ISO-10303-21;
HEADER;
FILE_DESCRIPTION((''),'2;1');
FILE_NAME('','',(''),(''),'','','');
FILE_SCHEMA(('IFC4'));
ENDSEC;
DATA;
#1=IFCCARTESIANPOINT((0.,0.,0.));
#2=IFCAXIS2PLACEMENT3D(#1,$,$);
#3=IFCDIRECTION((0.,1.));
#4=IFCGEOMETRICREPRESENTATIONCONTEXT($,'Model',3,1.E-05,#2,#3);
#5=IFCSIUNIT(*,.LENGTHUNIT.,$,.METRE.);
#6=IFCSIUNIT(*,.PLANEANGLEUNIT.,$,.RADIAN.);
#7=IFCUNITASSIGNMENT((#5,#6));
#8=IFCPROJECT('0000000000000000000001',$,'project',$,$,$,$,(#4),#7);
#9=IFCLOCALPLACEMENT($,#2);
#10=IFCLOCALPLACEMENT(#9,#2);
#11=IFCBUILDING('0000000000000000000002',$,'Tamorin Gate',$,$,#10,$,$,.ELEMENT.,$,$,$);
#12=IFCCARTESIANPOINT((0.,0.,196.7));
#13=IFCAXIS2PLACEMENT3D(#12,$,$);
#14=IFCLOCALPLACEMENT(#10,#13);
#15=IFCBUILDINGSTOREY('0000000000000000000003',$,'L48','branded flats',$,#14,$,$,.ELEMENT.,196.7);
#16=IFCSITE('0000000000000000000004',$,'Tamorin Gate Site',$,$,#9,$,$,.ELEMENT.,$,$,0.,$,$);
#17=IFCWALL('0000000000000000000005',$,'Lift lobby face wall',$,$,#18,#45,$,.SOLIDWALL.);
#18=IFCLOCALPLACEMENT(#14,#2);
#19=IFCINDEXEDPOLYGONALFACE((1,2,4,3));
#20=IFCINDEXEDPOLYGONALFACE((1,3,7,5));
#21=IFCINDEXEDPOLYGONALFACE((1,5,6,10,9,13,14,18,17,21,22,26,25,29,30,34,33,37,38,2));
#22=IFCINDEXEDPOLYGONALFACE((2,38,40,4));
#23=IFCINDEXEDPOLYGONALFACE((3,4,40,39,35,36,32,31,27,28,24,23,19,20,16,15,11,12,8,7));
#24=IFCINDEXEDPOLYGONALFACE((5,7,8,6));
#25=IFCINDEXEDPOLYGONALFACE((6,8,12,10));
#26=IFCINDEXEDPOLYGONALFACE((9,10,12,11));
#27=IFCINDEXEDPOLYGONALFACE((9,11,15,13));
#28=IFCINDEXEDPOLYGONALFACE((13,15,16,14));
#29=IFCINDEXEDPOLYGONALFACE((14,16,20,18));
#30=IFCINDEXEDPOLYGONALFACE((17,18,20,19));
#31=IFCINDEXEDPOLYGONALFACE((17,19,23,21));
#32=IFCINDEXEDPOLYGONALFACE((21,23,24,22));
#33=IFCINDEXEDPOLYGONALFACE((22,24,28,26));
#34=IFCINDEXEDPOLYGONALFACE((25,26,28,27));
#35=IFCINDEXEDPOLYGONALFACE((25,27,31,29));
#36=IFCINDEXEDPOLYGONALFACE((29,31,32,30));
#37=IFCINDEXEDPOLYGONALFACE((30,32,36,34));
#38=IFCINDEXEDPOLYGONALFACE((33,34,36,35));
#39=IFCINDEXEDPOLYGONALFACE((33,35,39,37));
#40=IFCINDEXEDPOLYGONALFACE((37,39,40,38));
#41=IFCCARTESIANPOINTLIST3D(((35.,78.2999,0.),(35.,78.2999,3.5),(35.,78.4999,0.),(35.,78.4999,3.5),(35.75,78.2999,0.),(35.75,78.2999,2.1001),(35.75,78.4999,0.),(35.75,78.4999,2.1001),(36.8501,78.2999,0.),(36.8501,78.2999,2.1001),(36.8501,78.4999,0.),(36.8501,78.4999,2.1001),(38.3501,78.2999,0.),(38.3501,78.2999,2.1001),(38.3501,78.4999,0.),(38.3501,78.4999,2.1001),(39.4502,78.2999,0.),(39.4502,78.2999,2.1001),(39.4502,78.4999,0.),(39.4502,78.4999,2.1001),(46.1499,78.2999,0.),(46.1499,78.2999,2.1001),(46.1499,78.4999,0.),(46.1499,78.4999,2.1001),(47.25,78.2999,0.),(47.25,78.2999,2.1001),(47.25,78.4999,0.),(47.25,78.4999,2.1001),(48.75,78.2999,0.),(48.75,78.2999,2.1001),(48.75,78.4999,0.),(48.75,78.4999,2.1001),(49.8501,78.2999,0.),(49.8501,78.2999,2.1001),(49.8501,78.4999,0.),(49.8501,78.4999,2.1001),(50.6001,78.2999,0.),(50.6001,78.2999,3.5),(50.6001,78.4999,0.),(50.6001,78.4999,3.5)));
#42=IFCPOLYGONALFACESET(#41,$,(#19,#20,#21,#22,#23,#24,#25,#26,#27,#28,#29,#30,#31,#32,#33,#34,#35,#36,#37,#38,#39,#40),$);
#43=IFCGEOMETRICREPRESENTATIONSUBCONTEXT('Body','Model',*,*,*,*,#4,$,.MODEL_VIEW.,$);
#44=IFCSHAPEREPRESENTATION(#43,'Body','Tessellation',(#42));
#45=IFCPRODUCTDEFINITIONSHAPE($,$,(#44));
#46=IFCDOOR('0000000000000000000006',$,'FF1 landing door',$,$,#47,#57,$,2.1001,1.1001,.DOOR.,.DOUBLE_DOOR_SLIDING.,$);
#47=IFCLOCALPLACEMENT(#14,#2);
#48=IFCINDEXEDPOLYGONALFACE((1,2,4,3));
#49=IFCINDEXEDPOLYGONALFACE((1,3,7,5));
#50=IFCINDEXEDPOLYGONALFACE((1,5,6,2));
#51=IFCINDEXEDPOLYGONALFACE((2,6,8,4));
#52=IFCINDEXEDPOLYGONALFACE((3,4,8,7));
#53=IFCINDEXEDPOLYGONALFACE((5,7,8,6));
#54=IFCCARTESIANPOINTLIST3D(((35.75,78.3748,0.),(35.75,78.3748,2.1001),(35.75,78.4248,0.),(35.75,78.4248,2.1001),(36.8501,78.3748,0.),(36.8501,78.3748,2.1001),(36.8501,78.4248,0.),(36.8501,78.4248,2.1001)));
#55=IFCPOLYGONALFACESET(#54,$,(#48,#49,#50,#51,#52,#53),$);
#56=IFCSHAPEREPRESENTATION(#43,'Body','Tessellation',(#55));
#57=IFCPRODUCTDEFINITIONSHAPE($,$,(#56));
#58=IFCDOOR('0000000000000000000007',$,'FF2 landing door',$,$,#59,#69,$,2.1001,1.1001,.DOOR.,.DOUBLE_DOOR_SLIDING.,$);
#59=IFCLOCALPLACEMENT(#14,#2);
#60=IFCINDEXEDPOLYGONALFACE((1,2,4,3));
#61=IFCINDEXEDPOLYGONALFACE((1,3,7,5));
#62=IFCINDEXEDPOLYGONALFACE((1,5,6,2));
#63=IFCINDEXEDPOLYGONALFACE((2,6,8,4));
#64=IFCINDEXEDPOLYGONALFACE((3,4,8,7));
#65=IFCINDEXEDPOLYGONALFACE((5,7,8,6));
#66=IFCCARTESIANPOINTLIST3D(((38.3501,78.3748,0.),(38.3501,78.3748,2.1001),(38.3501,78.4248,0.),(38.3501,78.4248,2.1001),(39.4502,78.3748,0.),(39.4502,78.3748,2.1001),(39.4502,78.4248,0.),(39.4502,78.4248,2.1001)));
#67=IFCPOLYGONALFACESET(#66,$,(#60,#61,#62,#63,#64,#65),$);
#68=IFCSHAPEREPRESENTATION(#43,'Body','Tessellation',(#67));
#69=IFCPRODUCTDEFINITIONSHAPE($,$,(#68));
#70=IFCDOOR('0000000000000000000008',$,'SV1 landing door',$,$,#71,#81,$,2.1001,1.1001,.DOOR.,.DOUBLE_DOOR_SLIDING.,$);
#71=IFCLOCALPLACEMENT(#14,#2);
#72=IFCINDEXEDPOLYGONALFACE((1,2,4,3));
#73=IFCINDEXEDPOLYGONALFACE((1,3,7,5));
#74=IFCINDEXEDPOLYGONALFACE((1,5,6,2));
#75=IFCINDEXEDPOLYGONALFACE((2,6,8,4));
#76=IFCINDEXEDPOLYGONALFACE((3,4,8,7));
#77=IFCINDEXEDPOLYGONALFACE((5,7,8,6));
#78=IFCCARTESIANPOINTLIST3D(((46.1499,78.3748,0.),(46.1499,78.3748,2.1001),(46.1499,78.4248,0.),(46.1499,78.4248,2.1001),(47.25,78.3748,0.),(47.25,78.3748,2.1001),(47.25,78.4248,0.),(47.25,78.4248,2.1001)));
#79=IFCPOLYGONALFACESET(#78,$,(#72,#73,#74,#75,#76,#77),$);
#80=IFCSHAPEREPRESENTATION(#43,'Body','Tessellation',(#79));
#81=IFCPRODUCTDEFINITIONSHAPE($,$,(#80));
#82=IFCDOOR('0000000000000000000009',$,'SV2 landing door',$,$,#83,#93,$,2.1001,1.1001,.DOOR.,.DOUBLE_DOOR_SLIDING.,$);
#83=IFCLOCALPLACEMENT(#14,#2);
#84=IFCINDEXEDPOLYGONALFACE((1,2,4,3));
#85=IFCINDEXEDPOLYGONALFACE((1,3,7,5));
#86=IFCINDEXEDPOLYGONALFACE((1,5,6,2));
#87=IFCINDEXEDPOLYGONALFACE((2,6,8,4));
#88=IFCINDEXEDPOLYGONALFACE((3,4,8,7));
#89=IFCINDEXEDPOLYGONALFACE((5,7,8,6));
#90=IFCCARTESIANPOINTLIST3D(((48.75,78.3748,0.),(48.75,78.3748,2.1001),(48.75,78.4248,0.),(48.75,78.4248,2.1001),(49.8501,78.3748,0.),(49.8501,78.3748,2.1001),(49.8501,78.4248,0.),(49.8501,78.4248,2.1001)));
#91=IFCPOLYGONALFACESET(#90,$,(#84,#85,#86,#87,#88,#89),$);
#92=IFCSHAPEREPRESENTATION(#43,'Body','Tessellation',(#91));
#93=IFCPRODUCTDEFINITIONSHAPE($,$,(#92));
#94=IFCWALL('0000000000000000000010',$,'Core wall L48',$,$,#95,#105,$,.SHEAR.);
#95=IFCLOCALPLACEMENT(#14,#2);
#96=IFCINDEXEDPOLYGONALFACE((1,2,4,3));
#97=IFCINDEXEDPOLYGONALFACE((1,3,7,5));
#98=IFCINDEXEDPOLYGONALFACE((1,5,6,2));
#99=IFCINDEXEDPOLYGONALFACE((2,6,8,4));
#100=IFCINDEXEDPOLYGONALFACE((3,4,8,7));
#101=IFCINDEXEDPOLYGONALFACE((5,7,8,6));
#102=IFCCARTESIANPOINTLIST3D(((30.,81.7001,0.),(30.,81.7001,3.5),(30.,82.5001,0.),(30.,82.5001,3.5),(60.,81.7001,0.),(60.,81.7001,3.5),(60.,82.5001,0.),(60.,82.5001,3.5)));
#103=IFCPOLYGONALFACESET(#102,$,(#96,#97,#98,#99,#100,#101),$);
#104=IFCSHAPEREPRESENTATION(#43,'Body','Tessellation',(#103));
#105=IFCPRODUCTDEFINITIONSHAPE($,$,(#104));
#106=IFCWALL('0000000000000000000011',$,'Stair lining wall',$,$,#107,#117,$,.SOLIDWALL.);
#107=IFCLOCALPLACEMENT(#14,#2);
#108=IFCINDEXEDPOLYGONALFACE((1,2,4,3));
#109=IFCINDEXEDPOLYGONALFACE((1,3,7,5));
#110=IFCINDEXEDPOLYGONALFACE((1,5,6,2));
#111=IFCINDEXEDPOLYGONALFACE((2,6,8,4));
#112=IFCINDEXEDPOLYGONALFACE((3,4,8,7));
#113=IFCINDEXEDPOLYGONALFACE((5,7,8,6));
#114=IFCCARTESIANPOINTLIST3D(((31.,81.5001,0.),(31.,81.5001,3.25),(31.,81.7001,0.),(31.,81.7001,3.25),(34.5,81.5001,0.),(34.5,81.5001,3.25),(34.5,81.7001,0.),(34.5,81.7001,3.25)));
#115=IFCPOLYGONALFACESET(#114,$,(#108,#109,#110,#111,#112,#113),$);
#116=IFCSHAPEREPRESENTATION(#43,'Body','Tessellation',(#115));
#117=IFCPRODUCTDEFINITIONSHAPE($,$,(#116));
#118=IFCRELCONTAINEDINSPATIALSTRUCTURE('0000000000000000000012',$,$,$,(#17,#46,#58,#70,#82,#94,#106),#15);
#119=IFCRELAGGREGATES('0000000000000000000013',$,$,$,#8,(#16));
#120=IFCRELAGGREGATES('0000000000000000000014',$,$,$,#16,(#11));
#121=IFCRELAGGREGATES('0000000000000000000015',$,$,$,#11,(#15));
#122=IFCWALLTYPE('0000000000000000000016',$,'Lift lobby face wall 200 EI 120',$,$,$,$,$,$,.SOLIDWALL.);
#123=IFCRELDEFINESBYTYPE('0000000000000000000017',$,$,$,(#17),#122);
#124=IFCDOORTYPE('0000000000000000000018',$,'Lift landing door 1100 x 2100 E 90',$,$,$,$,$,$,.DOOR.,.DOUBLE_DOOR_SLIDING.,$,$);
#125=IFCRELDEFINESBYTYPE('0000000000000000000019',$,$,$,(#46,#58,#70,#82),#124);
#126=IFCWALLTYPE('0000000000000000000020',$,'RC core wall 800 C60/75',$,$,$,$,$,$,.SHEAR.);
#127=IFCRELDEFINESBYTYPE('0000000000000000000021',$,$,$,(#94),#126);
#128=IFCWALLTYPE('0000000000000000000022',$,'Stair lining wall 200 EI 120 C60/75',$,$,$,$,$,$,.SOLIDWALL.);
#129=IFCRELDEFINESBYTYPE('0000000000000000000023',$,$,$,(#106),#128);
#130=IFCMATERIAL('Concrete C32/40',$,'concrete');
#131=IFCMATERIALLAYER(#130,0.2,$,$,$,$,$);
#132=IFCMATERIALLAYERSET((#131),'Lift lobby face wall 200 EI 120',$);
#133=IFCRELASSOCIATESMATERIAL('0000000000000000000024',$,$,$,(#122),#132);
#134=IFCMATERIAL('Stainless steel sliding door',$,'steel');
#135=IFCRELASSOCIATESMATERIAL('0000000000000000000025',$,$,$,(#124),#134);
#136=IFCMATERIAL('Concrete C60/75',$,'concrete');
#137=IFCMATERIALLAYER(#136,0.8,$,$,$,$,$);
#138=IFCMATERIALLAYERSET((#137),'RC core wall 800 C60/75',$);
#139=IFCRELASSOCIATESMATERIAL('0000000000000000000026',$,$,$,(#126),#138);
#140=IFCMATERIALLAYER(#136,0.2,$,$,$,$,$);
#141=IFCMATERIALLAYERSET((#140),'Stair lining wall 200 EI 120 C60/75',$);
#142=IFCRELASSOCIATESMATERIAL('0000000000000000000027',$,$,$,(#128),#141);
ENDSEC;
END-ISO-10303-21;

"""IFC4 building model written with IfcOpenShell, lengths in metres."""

from ifc_helpers import new_model, si_unit, direction, frame, frame_2d, origin, place, context, subcontext, project, spatial, rectangle, extrude, material, layer, layer_set, type_object, element, fill, save


model = new_model("IFC4")

# Units and contexts
model_context = context("Model", 3, precision=1e-05, world=origin(), true_north=direction((0.0, 1.0)))
body_context = subcontext(model_context, "Body", "Model", "MODEL_VIEW")
ifc_project = project(units=[si_unit("LENGTHUNIT", "METRE"), si_unit("PLANEANGLEUNIT", "RADIAN")], contexts=[model_context])

# Site, building, storey
site_placement = place(None, origin())
site = spatial("IfcSite", under=ifc_project, at=site_placement, Name="Tamorin Gate Site", CompositionType="ELEMENT", RefElevation=0.0)
building_placement = place(site_placement, origin())
building = spatial("IfcBuilding", under=site, at=building_placement, Name="Tamorin Gate", CompositionType="ELEMENT")
storey_placement = place(building_placement, frame((0.0, 0.0, 196.7)))
storey = spatial("IfcBuildingStorey", under=building, at=storey_placement, Name="L48", Description="branded flats", CompositionType="ELEMENT", Elevation=196.7)

# Wall, openings, doors
ifc_material_1 = material(Name="Concrete C32/40", Category="concrete")
ifc_layer_1 = layer(ifc_material_1, 0.2)
ifc_layer_set_1 = layer_set([ifc_layer_1], Name="Lift lobby face wall 200 EI 120")
wall_type_1 = type_object("IfcWallType", Name="Lift lobby face wall 200 EI 120", PredefinedType="SOLIDWALL", material=ifc_layer_set_1)
wall_1_placement = place(storey_placement, frame((35.0, 78.3999, 0.0), z_axis=(0.0, 0.0, 1.0), x_axis=(1.0, 0.0, 0.0)))
wall_1 = element("IfcWall", 1, at=wall_1_placement, inside=storey, type_object=wall_type_1, Name="Lift lobby face wall", PredefinedType="SOLIDWALL", context=body_context, shape_type="SweptSolid", body=[
    extrude(rectangle(XDim=15.6001, YDim=0.2, at=frame_2d((7.8, 0.0))), origin(), (0.0, 0.0, 1.0), 3.5),
])
opening_1_placement = place(wall_1_placement, frame((0.75, 0.0, 0.0)))
opening_1 = element("IfcOpeningElement", 2, at=opening_1_placement, cuts=wall_1, PredefinedType="OPENING", context=body_context, shape_type="SweptSolid", body=[
    extrude(rectangle(XDim=1.1001, YDim=2.1001, at=frame_2d((0.55, 1.05))), frame((0.0, 0.1099, 0.0), z_axis=(0.0, -1.0, 0.0), x_axis=(1.0, 0.0, 0.0)), (0.0, 0.0, 1.0), 0.22),
])
opening_2_placement = place(wall_1_placement, frame((3.3501, 0.0, 0.0)))
opening_2 = element("IfcOpeningElement", 3, at=opening_2_placement, cuts=wall_1, PredefinedType="OPENING", context=body_context, shape_type="SweptSolid", body=[
    extrude(rectangle(XDim=1.1001, YDim=2.1001, at=frame_2d((0.55, 1.05))), frame((0.0, 0.1099, 0.0), z_axis=(0.0, -1.0, 0.0), x_axis=(1.0, 0.0, 0.0)), (0.0, 0.0, 1.0), 0.22),
])
opening_3_placement = place(wall_1_placement, frame((11.1499, 0.0, 0.0)))
opening_3 = element("IfcOpeningElement", 4, at=opening_3_placement, cuts=wall_1, PredefinedType="OPENING", context=body_context, shape_type="SweptSolid", body=[
    extrude(rectangle(XDim=1.1001, YDim=2.1001, at=frame_2d((0.55, 1.05))), frame((0.0, 0.1099, 0.0), z_axis=(0.0, -1.0, 0.0), x_axis=(1.0, 0.0, 0.0)), (0.0, 0.0, 1.0), 0.22),
])
opening_4_placement = place(wall_1_placement, frame((13.75, 0.0, 0.0)))
opening_4 = element("IfcOpeningElement", 5, at=opening_4_placement, cuts=wall_1, PredefinedType="OPENING", context=body_context, shape_type="SweptSolid", body=[
    extrude(rectangle(XDim=1.1001, YDim=2.1001, at=frame_2d((0.55, 1.05))), frame((0.0, 0.1099, 0.0), z_axis=(0.0, -1.0, 0.0), x_axis=(1.0, 0.0, 0.0)), (0.0, 0.0, 1.0), 0.22),
])
ifc_material_2 = material(Name="Stainless steel sliding door", Category="steel")
door_type_1 = type_object("IfcDoorType", Name="Lift landing door 1100 x 2100 E 90", OperationType="DOUBLE_DOOR_SLIDING", PredefinedType="DOOR", material=ifc_material_2)
door_1_placement = place(opening_1_placement, origin())
door_1 = element("IfcDoor", 6, at=door_1_placement, inside=storey, type_object=door_type_1, Name="FF1 landing door", OperationType="DOUBLE_DOOR_SLIDING", OverallHeight=2.1001, OverallWidth=1.1001, PredefinedType="DOOR", context=body_context, shape_type="SweptSolid", body=[
    extrude(rectangle(XDim=1.1001, YDim=2.1001, at=frame_2d((0.55, 1.05))), frame((0.0, 0.0249, 0.0), z_axis=(0.0, -1.0, 0.0), x_axis=(1.0, 0.0, 0.0)), (0.0, 0.0, 1.0), 0.05),
])
fill(opening_1, door_1)
door_2_placement = place(opening_2_placement, origin())
door_2 = element("IfcDoor", 7, at=door_2_placement, inside=storey, type_object=door_type_1, Name="FF2 landing door", OperationType="DOUBLE_DOOR_SLIDING", OverallHeight=2.1001, OverallWidth=1.1001, PredefinedType="DOOR", context=body_context, shape_type="SweptSolid", body=[
    extrude(rectangle(XDim=1.1001, YDim=2.1001, at=frame_2d((0.55, 1.05))), frame((0.0, 0.0249, 0.0), z_axis=(0.0, -1.0, 0.0), x_axis=(1.0, 0.0, 0.0)), (0.0, 0.0, 1.0), 0.05),
])
fill(opening_2, door_2)
door_3_placement = place(opening_3_placement, origin())
door_3 = element("IfcDoor", 8, at=door_3_placement, inside=storey, type_object=door_type_1, Name="SV1 landing door", OperationType="DOUBLE_DOOR_SLIDING", OverallHeight=2.1001, OverallWidth=1.1001, PredefinedType="DOOR", context=body_context, shape_type="SweptSolid", body=[
    extrude(rectangle(XDim=1.1001, YDim=2.1001, at=frame_2d((0.55, 1.05))), frame((0.0, 0.0249, 0.0), z_axis=(0.0, -1.0, 0.0), x_axis=(1.0, 0.0, 0.0)), (0.0, 0.0, 1.0), 0.05),
])
fill(opening_3, door_3)
door_4_placement = place(opening_4_placement, origin())
door_4 = element("IfcDoor", 9, at=door_4_placement, inside=storey, type_object=door_type_1, Name="SV2 landing door", OperationType="DOUBLE_DOOR_SLIDING", OverallHeight=2.1001, OverallWidth=1.1001, PredefinedType="DOOR", context=body_context, shape_type="SweptSolid", body=[
    extrude(rectangle(XDim=1.1001, YDim=2.1001, at=frame_2d((0.55, 1.05))), frame((0.0, 0.0249, 0.0), z_axis=(0.0, -1.0, 0.0), x_axis=(1.0, 0.0, 0.0)), (0.0, 0.0, 1.0), 0.05),
])
fill(opening_4, door_4)

# Walls
ifc_material_3 = material(Name="Concrete C60/75", Category="concrete")
ifc_layer_2 = layer(ifc_material_3, 0.8)
ifc_layer_set_2 = layer_set([ifc_layer_2], Name="RC core wall 800 C60/75")
wall_type_2 = type_object("IfcWallType", Name="RC core wall 800 C60/75", PredefinedType="SHEAR", material=ifc_layer_set_2)
wall_2_placement = place(storey_placement, frame((30.0, 82.1001, 0.0), z_axis=(0.0, 0.0, 1.0), x_axis=(1.0, 0.0, 0.0)))
element("IfcWall", 10, at=wall_2_placement, inside=storey, type_object=wall_type_2, Name="Core wall L48", PredefinedType="SHEAR", context=body_context, shape_type="SweptSolid", body=[
    extrude(rectangle(XDim=30.0, YDim=0.8, at=frame_2d((15.0, 0.0))), origin(), (0.0, 0.0, 1.0), 3.5),
])
ifc_layer_3 = layer(ifc_material_3, 0.2)
ifc_layer_set_3 = layer_set([ifc_layer_3], Name="Stair lining wall 200 EI 120 C60/75")
wall_type_3 = type_object("IfcWallType", Name="Stair lining wall 200 EI 120 C60/75", PredefinedType="SOLIDWALL", material=ifc_layer_set_3)
wall_3_placement = place(storey_placement, frame((31.0, 81.6001, 0.0), z_axis=(0.0, 0.0, 1.0), x_axis=(1.0, 0.0, 0.0)))
element("IfcWall", 11, at=wall_3_placement, inside=storey, type_object=wall_type_3, Name="Stair lining wall", PredefinedType="SOLIDWALL", context=body_context, shape_type="SweptSolid", body=[
    extrude(rectangle(XDim=3.5, YDim=0.2, at=frame_2d((1.75, 0.0))), origin(), (0.0, 0.0, 1.0), 3.25),
])

save(model, "model.ifc")
